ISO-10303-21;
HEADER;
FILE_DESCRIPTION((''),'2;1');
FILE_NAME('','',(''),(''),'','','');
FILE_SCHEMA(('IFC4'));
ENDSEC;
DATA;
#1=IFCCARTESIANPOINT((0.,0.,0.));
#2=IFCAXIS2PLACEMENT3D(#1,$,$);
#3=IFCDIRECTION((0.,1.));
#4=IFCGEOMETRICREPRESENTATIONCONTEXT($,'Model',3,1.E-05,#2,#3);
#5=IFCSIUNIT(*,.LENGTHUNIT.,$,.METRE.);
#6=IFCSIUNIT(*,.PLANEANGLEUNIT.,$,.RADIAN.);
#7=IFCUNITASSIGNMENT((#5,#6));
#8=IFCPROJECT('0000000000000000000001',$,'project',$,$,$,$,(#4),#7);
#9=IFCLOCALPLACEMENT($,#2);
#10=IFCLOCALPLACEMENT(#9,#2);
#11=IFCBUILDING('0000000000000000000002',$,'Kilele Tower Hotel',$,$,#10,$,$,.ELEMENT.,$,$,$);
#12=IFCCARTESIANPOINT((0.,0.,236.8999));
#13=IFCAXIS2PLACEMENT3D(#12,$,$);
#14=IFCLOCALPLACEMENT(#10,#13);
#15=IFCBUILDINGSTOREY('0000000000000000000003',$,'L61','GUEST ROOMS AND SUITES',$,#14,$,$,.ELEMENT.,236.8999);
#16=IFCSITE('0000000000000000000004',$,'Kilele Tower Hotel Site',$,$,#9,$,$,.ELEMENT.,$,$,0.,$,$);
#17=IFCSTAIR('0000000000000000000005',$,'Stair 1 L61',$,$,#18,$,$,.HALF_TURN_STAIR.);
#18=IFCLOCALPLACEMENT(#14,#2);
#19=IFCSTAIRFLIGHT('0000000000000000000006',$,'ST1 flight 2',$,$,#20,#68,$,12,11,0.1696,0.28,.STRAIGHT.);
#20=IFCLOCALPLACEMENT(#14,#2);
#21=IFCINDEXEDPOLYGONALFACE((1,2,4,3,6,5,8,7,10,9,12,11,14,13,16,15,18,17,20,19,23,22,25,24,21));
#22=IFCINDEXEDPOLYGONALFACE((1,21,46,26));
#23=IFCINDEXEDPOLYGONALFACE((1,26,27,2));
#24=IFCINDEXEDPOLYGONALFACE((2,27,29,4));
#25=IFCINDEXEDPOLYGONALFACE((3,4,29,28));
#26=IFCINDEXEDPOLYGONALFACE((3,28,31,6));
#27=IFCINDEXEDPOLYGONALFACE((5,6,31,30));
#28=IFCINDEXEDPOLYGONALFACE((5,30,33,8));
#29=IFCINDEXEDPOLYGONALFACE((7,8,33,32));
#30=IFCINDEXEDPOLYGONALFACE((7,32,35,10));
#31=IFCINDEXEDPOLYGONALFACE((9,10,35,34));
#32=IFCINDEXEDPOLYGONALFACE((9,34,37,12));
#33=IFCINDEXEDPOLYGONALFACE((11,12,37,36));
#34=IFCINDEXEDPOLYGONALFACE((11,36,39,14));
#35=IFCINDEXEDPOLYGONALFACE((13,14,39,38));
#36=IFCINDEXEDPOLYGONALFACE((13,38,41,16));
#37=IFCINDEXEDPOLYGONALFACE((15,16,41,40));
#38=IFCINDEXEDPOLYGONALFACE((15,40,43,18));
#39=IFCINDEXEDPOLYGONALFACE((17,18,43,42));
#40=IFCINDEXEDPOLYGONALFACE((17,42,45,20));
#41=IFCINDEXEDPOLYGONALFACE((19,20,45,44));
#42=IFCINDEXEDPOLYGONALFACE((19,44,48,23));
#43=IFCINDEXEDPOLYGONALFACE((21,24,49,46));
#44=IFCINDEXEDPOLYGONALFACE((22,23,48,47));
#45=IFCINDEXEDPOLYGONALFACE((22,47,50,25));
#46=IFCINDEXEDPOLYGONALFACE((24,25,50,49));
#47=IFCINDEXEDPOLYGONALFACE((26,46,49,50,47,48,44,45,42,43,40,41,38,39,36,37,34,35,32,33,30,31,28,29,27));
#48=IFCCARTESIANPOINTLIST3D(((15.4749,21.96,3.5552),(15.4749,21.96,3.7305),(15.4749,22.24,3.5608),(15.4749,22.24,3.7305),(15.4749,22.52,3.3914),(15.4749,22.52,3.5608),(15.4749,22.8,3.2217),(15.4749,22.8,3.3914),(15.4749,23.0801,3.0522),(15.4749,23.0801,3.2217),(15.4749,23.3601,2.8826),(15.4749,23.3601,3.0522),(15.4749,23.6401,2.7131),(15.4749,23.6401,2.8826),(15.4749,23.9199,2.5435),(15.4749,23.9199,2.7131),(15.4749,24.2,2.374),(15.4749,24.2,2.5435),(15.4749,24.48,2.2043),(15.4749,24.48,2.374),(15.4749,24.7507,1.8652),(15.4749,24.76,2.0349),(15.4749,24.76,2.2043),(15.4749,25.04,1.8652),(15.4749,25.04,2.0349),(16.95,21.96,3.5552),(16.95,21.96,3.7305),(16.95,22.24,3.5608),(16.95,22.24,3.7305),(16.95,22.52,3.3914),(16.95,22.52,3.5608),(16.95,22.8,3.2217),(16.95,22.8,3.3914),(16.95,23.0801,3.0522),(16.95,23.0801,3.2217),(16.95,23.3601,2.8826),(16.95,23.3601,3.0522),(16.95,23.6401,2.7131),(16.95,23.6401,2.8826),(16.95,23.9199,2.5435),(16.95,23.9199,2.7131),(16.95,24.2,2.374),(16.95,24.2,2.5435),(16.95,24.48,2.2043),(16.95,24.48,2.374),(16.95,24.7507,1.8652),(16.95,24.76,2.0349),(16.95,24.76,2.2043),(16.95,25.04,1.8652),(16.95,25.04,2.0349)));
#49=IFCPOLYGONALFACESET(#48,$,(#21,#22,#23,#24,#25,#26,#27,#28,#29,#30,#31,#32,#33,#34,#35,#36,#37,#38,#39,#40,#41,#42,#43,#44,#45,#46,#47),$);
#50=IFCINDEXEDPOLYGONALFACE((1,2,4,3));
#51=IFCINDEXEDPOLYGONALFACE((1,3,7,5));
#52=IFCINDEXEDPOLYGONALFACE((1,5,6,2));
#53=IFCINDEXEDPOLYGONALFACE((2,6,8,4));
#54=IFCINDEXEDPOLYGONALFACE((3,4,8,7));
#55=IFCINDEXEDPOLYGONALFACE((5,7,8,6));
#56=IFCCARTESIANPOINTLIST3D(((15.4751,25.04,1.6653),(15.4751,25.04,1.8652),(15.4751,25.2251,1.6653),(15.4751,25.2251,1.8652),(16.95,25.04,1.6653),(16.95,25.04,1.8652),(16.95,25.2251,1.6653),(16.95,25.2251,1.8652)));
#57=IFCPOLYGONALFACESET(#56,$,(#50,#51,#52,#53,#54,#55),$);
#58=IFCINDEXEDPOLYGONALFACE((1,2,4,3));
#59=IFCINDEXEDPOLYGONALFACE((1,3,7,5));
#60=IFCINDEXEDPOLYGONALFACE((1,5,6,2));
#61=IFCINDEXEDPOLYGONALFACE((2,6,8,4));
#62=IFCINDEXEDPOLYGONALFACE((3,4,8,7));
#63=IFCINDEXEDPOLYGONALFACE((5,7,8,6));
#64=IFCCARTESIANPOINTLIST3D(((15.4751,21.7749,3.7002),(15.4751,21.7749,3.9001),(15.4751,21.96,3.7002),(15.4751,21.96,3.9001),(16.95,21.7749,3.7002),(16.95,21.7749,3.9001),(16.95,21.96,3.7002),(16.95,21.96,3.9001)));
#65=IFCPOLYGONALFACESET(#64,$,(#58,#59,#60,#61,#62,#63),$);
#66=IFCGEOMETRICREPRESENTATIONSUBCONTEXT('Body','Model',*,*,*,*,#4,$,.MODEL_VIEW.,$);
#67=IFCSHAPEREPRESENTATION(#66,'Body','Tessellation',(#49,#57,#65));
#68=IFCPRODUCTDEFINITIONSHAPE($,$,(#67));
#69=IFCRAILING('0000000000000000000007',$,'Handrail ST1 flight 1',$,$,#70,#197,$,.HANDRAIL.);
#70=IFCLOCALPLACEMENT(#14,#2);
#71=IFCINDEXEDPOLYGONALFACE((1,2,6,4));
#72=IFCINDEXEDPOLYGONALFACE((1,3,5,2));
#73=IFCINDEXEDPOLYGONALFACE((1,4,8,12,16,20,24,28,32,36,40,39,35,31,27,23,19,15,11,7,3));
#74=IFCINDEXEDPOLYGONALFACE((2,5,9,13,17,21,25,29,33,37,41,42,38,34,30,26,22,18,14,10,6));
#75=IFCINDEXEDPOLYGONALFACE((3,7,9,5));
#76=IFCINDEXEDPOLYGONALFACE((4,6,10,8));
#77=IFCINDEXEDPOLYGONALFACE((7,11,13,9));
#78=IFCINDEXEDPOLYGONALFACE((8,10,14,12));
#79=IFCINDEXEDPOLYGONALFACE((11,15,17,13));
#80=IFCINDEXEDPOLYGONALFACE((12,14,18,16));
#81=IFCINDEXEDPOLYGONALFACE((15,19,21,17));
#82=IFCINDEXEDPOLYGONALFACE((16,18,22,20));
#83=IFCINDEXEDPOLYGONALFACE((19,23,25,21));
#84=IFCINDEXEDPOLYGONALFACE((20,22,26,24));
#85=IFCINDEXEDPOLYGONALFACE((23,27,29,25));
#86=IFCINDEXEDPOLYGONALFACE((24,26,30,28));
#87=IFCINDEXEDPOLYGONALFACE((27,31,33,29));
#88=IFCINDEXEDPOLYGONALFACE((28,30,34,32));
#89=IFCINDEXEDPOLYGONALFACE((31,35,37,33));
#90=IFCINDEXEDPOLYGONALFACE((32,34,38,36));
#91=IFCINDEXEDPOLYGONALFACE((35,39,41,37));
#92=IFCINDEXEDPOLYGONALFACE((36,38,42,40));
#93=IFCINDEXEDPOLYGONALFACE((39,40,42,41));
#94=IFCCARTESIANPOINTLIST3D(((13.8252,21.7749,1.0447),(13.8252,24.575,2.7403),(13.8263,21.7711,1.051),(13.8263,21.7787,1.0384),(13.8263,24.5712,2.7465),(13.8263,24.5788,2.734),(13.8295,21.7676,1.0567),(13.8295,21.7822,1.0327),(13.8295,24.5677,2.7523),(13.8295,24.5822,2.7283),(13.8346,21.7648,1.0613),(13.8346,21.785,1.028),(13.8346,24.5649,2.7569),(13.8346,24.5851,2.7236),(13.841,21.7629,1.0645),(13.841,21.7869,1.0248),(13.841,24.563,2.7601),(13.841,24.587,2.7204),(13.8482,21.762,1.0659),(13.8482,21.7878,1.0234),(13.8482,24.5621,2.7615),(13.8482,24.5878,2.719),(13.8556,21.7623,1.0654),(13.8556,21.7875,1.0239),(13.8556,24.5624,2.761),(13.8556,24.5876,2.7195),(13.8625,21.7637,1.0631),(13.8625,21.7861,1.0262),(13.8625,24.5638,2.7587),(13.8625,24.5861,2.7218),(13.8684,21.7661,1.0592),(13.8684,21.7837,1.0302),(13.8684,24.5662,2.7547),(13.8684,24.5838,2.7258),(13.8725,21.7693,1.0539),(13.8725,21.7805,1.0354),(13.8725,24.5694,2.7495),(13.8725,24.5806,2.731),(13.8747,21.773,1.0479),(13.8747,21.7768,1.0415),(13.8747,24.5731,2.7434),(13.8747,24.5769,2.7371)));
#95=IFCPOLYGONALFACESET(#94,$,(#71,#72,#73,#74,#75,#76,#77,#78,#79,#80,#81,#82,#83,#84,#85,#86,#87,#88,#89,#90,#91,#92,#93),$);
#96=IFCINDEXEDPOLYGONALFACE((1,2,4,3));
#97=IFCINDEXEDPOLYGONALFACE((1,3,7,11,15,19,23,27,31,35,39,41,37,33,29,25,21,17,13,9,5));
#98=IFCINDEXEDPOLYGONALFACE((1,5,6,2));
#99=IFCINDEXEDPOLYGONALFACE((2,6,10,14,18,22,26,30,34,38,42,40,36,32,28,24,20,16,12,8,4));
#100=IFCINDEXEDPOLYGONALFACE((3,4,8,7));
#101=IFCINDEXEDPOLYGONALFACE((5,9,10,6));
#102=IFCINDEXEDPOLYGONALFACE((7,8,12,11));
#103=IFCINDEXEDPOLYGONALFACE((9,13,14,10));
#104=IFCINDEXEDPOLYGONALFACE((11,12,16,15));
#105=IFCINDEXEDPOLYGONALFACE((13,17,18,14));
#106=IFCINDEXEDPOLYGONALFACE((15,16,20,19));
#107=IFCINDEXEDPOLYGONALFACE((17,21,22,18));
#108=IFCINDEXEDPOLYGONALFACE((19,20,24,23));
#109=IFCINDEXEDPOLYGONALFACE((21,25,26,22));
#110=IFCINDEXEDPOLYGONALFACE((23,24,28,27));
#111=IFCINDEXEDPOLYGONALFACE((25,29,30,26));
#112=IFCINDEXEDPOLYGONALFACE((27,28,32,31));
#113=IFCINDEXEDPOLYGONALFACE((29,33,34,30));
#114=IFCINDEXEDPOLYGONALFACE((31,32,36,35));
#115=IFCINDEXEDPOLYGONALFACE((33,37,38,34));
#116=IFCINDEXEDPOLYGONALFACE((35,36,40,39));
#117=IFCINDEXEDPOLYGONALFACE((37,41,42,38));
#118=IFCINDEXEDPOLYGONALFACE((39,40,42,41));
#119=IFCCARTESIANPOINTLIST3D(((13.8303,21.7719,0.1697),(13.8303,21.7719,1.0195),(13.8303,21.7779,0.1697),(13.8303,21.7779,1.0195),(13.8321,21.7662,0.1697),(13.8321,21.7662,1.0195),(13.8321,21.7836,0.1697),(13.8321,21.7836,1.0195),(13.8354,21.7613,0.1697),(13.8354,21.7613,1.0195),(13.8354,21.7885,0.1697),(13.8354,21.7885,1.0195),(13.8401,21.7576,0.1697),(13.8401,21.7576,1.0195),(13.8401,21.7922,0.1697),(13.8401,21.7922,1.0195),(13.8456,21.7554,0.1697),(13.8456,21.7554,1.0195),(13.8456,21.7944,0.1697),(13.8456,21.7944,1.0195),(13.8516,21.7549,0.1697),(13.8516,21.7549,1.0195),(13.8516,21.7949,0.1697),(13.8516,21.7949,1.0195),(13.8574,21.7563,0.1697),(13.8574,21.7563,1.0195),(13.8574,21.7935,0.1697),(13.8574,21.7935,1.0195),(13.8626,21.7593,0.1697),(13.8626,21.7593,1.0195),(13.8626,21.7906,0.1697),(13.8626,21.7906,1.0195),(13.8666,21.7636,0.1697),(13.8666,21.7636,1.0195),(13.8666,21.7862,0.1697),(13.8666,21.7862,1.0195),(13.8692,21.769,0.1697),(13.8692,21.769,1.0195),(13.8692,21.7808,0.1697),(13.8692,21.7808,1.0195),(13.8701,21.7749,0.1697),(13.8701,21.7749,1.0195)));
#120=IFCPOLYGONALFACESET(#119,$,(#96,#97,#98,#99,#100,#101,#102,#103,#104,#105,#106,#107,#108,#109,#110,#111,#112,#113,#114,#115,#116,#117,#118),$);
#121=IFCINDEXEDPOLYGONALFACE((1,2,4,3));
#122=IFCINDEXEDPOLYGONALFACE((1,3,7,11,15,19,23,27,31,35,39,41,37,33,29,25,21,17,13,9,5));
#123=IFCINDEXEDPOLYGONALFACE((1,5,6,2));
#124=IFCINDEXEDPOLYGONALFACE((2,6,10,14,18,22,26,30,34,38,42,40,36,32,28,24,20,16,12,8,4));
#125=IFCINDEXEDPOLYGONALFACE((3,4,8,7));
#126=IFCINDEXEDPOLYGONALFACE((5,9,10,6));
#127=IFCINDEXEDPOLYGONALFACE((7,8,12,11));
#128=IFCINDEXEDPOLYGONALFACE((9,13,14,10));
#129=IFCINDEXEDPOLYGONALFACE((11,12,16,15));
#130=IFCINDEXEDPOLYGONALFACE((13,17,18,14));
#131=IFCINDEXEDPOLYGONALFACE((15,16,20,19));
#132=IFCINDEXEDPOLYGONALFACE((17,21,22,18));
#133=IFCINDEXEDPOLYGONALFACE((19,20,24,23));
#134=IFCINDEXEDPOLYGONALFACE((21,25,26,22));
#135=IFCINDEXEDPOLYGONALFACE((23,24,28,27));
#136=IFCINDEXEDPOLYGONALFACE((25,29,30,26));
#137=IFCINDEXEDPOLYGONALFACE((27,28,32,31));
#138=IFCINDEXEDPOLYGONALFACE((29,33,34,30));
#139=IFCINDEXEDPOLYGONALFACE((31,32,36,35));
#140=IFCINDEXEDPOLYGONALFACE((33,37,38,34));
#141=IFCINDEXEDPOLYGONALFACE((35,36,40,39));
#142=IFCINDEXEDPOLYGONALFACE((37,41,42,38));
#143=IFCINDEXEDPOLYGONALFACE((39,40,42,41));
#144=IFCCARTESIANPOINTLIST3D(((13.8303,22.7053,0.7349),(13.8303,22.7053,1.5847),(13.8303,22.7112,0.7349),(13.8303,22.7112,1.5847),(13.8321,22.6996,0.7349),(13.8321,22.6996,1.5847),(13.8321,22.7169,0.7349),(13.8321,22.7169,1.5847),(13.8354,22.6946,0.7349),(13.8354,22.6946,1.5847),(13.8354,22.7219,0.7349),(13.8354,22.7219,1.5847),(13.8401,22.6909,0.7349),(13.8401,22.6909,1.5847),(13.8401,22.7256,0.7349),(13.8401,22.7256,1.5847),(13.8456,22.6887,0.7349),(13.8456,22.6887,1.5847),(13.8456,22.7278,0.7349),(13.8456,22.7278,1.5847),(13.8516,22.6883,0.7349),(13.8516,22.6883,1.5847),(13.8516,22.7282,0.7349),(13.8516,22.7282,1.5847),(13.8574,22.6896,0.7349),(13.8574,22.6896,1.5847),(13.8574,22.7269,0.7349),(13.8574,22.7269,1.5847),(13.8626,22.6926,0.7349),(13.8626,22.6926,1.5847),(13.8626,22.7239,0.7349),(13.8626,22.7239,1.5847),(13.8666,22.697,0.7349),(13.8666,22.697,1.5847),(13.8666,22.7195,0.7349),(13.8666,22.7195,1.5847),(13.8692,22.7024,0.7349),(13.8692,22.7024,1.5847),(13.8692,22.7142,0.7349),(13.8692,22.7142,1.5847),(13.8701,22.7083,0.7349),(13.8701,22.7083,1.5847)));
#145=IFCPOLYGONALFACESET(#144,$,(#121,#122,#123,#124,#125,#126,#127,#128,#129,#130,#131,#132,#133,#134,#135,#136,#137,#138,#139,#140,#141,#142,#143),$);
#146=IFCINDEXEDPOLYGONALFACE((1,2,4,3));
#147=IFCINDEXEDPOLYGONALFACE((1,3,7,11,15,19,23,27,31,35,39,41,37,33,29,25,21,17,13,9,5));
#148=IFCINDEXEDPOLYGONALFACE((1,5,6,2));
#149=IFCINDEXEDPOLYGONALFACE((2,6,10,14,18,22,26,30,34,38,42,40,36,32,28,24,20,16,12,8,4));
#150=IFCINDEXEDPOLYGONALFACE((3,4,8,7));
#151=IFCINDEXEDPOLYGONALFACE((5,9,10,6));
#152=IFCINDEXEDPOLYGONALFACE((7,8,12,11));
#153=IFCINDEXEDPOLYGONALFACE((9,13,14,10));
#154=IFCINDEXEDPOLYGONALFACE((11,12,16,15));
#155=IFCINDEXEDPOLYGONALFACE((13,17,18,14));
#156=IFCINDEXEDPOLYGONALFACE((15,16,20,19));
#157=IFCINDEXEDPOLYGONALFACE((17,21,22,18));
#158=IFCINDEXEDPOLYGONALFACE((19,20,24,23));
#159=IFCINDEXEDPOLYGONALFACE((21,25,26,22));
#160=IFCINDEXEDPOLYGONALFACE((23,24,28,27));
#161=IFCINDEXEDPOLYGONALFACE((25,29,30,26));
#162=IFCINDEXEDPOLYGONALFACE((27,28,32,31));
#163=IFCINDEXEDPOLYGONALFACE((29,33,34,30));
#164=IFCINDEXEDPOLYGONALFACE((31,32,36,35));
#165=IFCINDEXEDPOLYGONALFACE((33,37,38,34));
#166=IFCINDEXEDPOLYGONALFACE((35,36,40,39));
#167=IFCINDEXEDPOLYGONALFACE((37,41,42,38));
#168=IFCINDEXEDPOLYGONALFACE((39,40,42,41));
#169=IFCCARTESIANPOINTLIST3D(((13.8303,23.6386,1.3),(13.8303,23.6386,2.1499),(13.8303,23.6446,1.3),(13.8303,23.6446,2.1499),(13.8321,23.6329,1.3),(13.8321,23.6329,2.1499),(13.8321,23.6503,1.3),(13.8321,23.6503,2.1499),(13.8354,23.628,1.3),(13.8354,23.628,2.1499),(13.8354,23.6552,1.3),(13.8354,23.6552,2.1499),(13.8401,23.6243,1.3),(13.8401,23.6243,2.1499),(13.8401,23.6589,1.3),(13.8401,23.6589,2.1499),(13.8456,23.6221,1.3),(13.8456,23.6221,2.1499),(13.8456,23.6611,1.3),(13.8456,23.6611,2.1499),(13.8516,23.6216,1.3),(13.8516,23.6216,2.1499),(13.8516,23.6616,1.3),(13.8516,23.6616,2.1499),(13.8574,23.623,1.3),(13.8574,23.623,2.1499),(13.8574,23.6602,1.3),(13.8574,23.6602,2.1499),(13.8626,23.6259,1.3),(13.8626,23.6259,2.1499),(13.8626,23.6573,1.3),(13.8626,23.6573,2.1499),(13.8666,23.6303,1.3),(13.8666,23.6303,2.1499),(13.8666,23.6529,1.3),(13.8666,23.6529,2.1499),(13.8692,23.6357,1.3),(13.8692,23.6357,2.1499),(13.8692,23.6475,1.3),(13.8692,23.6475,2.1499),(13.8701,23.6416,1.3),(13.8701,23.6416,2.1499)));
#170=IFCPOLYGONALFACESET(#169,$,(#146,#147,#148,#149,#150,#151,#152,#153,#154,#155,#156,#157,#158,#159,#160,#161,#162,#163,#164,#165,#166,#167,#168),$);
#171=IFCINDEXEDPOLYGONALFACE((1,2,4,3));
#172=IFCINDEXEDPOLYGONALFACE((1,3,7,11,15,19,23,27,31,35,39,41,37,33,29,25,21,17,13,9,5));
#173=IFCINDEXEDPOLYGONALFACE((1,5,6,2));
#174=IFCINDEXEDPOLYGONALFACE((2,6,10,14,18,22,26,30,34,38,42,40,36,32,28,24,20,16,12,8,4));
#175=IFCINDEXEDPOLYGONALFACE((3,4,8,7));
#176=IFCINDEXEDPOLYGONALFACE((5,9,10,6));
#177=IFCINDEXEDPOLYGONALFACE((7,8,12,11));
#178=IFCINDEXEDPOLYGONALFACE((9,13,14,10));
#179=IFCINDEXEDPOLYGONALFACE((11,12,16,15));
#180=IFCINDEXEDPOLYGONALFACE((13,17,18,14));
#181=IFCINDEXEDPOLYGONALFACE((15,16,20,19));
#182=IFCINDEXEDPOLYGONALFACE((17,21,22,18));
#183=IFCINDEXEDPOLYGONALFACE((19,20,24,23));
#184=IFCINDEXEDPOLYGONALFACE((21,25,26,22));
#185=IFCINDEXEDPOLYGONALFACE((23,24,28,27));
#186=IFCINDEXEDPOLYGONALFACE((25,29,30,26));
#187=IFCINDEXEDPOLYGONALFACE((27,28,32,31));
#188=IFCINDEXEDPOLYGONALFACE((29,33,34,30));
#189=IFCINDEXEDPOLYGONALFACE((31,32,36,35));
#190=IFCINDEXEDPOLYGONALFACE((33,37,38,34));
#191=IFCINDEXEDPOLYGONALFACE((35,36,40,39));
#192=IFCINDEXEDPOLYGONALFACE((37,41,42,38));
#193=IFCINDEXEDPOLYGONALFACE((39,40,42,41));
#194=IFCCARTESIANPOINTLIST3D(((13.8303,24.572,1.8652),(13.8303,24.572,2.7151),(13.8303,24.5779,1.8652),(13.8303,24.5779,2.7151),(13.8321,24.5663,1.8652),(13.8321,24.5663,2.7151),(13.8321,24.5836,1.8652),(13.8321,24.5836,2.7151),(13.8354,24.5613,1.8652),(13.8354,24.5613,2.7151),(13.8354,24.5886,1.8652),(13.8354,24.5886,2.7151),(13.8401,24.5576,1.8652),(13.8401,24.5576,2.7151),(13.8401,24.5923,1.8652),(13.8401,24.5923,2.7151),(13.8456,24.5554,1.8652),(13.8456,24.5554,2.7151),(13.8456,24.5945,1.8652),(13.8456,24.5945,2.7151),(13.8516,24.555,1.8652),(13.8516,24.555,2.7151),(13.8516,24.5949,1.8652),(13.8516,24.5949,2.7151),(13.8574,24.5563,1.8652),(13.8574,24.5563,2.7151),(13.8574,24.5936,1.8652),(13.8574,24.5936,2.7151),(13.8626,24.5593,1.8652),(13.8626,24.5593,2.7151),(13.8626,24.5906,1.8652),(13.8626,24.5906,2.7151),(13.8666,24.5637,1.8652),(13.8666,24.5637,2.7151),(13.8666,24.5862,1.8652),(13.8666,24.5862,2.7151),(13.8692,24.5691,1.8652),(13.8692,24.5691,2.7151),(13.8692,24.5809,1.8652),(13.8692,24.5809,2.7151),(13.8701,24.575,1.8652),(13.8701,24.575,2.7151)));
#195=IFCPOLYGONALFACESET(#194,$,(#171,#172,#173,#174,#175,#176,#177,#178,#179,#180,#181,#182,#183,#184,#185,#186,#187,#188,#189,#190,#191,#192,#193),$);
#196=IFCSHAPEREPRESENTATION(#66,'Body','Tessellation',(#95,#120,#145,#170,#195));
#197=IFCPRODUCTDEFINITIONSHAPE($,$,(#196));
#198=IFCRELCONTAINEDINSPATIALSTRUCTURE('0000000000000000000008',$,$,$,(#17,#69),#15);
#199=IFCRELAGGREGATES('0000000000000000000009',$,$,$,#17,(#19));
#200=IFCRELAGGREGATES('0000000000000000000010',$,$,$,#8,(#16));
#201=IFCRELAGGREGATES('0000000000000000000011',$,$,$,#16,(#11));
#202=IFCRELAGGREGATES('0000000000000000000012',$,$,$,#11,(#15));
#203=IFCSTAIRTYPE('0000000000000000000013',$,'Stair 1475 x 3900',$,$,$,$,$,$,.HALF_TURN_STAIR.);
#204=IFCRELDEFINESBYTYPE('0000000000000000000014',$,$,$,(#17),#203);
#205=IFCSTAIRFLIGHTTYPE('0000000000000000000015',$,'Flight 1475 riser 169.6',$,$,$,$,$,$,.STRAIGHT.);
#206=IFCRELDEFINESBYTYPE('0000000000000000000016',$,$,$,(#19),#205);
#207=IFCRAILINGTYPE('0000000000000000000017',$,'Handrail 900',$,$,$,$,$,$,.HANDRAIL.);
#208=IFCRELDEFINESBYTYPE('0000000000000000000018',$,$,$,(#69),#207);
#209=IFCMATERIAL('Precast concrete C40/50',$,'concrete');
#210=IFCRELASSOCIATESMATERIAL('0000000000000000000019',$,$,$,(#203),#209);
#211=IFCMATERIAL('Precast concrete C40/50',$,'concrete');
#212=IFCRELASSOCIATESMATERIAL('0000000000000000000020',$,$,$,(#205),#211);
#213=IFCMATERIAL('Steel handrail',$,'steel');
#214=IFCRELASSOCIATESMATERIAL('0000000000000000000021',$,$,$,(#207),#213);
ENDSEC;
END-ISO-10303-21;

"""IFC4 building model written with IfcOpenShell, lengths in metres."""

from ifc_helpers import new_model, si_unit, direction, frame, origin, origin_2d, place, context, subcontext, project, spatial, polyline, circle, outline, extrude, material, type_object, element, aggregate, save


model = new_model("IFC4")

# Units and contexts
model_context = context("Model", 3, precision=1e-05, world=origin(), true_north=direction((0.0, 1.0)))
body_context = subcontext(model_context, "Body", "Model", "MODEL_VIEW")
ifc_project = project(units=[si_unit("LENGTHUNIT", "METRE"), si_unit("PLANEANGLEUNIT", "RADIAN")], contexts=[model_context])

# Site, building, storey
site_placement = place(None, origin())
site = spatial("IfcSite", under=ifc_project, at=site_placement, Name="Kilele Tower Hotel Site", CompositionType="ELEMENT", RefElevation=0.0)
building_placement = place(site_placement, origin())
building = spatial("IfcBuilding", under=site, at=building_placement, Name="Kilele Tower Hotel", CompositionType="ELEMENT")
storey_placement = place(building_placement, frame((0.0, 0.0, 236.8999)))
storey = spatial("IfcBuildingStorey", under=building, at=storey_placement, Name="L61", Description="GUEST ROOMS AND SUITES", CompositionType="ELEMENT", Elevation=236.8999)

# Stair, stair flight
ifc_material_1 = material(Name="Precast concrete C40/50", Category="concrete")
stair_type = type_object("IfcStairType", Name="Stair 1475 x 3900", PredefinedType="HALF_TURN_STAIR", material=ifc_material_1)
stair_placement = place(storey_placement, origin())
stair = element("IfcStair", 1, at=stair_placement, inside=storey, type_object=stair_type, Name="Stair 1 L61", PredefinedType="HALF_TURN_STAIR")
ifc_material_2 = material(Name="Precast concrete C40/50", Category="concrete")
stair_flight_type = type_object("IfcStairFlightType", Name="Flight 1475 riser 169.6", PredefinedType="STRAIGHT", material=ifc_material_2)
stair_flight_1_placement = place(storey_placement, frame((16.2124, 25.04, 1.8652), z_axis=(0.0, 0.0, 1.0), x_axis=(0.0, -1.0, 0.0)))
stair_flight_1 = element("IfcStairFlight", 2, at=stair_flight_1_placement, type_object=stair_flight_type, Name="ST1 flight 2", NumberOfRisers=12, NumberOfTreads=11, PredefinedType="STRAIGHT", RiserHeight=0.1696, TreadLength=0.28, context=body_context, shape_type="SweptSolid", body=[
    extrude(outline(polyline([(0.0, 0.0), (0.0, 0.1697), (0.28, 0.1697), (0.28, 0.3391), (0.5601, 0.3391), (0.5601, 0.5088), (0.8401, 0.5088), (0.8401, 0.6782), (1.1201, 0.6782), (1.1201, 0.8479), (1.3999, 0.8479), (1.3999, 1.0173), (1.6799, 1.0173), (1.6799, 1.187), (1.96, 1.187), (1.96, 1.3564), (2.24, 1.3564), (2.24, 1.5261), (2.52, 1.5261), (2.52, 1.6956), (2.8, 1.6956), (2.8, 1.8652), (3.0801, 1.8652), (3.0801, 2.0347), (3.0801, 1.6899), (0.2893, 0.0), (0.0, 0.0)])), frame((0.0, 0.7375, 0.0), z_axis=(0.0, -1.0, 0.0), x_axis=(1.0, 0.0, 0.0)), (0.0, 0.0, 1.0), 1.4751),
    extrude(outline(polyline([(0.0, -0.7373), (0.0, 0.7375), (-0.1851, 0.7375), (-0.1851, -0.7373), (0.0, -0.7373)])), frame((0.0, 0.0, -0.2)), (0.0, 0.0, 1.0), 0.2),
    extrude(outline(polyline([(3.2651, -0.7373), (3.2651, 0.7375), (3.0801, 0.7375), (3.0801, -0.7373), (3.2651, -0.7373)])), frame((0.0, 0.0, 1.835)), (0.0, 0.0, 1.0), 0.2),
])
aggregate(stair, [stair_flight_1])

# Railing
ifc_material_3 = material(Name="Steel handrail", Category="steel")
railing_type_1 = type_object("IfcRailingType", Name="Handrail 900", PredefinedType="HANDRAIL", material=ifc_material_3)
for number, where, name in (
    (3, (13.8501, 21.7749, 0.1697), "Handrail ST1 flight 1"),
):
    element("IfcRailing", number, at=place(storey_placement, frame(where)), inside=storey, type_object=railing_type_1, Name=name, PredefinedType="HANDRAIL", context=body_context, shape_type="SweptSolid", body=[
        extrude(circle(Radius=0.0249, at=origin_2d()), frame((0.0, 0.0, 0.875), z_axis=(0.0, 0.855393, 0.517979), x_axis=(-1.0, 0.0, 0.0)), (0.0, 0.0, 1.0), 3.2734),
        extrude(circle(Radius=0.02, at=origin_2d()), origin(), (0.0, 0.0, 1.0), 0.8499),
        extrude(circle(Radius=0.02, at=origin_2d()), frame((0.0, 0.9333, 0.5652)), (0.0, 0.0, 1.0), 0.8499),
        extrude(circle(Radius=0.02, at=origin_2d()), frame((0.0, 1.8667, 1.1304)), (0.0, 0.0, 1.0), 0.8499),
        extrude(circle(Radius=0.02, at=origin_2d()), frame((0.0, 2.8, 1.6956)), (0.0, 0.0, 1.0), 0.8499),
    ])

save(model, "model.ifc")
